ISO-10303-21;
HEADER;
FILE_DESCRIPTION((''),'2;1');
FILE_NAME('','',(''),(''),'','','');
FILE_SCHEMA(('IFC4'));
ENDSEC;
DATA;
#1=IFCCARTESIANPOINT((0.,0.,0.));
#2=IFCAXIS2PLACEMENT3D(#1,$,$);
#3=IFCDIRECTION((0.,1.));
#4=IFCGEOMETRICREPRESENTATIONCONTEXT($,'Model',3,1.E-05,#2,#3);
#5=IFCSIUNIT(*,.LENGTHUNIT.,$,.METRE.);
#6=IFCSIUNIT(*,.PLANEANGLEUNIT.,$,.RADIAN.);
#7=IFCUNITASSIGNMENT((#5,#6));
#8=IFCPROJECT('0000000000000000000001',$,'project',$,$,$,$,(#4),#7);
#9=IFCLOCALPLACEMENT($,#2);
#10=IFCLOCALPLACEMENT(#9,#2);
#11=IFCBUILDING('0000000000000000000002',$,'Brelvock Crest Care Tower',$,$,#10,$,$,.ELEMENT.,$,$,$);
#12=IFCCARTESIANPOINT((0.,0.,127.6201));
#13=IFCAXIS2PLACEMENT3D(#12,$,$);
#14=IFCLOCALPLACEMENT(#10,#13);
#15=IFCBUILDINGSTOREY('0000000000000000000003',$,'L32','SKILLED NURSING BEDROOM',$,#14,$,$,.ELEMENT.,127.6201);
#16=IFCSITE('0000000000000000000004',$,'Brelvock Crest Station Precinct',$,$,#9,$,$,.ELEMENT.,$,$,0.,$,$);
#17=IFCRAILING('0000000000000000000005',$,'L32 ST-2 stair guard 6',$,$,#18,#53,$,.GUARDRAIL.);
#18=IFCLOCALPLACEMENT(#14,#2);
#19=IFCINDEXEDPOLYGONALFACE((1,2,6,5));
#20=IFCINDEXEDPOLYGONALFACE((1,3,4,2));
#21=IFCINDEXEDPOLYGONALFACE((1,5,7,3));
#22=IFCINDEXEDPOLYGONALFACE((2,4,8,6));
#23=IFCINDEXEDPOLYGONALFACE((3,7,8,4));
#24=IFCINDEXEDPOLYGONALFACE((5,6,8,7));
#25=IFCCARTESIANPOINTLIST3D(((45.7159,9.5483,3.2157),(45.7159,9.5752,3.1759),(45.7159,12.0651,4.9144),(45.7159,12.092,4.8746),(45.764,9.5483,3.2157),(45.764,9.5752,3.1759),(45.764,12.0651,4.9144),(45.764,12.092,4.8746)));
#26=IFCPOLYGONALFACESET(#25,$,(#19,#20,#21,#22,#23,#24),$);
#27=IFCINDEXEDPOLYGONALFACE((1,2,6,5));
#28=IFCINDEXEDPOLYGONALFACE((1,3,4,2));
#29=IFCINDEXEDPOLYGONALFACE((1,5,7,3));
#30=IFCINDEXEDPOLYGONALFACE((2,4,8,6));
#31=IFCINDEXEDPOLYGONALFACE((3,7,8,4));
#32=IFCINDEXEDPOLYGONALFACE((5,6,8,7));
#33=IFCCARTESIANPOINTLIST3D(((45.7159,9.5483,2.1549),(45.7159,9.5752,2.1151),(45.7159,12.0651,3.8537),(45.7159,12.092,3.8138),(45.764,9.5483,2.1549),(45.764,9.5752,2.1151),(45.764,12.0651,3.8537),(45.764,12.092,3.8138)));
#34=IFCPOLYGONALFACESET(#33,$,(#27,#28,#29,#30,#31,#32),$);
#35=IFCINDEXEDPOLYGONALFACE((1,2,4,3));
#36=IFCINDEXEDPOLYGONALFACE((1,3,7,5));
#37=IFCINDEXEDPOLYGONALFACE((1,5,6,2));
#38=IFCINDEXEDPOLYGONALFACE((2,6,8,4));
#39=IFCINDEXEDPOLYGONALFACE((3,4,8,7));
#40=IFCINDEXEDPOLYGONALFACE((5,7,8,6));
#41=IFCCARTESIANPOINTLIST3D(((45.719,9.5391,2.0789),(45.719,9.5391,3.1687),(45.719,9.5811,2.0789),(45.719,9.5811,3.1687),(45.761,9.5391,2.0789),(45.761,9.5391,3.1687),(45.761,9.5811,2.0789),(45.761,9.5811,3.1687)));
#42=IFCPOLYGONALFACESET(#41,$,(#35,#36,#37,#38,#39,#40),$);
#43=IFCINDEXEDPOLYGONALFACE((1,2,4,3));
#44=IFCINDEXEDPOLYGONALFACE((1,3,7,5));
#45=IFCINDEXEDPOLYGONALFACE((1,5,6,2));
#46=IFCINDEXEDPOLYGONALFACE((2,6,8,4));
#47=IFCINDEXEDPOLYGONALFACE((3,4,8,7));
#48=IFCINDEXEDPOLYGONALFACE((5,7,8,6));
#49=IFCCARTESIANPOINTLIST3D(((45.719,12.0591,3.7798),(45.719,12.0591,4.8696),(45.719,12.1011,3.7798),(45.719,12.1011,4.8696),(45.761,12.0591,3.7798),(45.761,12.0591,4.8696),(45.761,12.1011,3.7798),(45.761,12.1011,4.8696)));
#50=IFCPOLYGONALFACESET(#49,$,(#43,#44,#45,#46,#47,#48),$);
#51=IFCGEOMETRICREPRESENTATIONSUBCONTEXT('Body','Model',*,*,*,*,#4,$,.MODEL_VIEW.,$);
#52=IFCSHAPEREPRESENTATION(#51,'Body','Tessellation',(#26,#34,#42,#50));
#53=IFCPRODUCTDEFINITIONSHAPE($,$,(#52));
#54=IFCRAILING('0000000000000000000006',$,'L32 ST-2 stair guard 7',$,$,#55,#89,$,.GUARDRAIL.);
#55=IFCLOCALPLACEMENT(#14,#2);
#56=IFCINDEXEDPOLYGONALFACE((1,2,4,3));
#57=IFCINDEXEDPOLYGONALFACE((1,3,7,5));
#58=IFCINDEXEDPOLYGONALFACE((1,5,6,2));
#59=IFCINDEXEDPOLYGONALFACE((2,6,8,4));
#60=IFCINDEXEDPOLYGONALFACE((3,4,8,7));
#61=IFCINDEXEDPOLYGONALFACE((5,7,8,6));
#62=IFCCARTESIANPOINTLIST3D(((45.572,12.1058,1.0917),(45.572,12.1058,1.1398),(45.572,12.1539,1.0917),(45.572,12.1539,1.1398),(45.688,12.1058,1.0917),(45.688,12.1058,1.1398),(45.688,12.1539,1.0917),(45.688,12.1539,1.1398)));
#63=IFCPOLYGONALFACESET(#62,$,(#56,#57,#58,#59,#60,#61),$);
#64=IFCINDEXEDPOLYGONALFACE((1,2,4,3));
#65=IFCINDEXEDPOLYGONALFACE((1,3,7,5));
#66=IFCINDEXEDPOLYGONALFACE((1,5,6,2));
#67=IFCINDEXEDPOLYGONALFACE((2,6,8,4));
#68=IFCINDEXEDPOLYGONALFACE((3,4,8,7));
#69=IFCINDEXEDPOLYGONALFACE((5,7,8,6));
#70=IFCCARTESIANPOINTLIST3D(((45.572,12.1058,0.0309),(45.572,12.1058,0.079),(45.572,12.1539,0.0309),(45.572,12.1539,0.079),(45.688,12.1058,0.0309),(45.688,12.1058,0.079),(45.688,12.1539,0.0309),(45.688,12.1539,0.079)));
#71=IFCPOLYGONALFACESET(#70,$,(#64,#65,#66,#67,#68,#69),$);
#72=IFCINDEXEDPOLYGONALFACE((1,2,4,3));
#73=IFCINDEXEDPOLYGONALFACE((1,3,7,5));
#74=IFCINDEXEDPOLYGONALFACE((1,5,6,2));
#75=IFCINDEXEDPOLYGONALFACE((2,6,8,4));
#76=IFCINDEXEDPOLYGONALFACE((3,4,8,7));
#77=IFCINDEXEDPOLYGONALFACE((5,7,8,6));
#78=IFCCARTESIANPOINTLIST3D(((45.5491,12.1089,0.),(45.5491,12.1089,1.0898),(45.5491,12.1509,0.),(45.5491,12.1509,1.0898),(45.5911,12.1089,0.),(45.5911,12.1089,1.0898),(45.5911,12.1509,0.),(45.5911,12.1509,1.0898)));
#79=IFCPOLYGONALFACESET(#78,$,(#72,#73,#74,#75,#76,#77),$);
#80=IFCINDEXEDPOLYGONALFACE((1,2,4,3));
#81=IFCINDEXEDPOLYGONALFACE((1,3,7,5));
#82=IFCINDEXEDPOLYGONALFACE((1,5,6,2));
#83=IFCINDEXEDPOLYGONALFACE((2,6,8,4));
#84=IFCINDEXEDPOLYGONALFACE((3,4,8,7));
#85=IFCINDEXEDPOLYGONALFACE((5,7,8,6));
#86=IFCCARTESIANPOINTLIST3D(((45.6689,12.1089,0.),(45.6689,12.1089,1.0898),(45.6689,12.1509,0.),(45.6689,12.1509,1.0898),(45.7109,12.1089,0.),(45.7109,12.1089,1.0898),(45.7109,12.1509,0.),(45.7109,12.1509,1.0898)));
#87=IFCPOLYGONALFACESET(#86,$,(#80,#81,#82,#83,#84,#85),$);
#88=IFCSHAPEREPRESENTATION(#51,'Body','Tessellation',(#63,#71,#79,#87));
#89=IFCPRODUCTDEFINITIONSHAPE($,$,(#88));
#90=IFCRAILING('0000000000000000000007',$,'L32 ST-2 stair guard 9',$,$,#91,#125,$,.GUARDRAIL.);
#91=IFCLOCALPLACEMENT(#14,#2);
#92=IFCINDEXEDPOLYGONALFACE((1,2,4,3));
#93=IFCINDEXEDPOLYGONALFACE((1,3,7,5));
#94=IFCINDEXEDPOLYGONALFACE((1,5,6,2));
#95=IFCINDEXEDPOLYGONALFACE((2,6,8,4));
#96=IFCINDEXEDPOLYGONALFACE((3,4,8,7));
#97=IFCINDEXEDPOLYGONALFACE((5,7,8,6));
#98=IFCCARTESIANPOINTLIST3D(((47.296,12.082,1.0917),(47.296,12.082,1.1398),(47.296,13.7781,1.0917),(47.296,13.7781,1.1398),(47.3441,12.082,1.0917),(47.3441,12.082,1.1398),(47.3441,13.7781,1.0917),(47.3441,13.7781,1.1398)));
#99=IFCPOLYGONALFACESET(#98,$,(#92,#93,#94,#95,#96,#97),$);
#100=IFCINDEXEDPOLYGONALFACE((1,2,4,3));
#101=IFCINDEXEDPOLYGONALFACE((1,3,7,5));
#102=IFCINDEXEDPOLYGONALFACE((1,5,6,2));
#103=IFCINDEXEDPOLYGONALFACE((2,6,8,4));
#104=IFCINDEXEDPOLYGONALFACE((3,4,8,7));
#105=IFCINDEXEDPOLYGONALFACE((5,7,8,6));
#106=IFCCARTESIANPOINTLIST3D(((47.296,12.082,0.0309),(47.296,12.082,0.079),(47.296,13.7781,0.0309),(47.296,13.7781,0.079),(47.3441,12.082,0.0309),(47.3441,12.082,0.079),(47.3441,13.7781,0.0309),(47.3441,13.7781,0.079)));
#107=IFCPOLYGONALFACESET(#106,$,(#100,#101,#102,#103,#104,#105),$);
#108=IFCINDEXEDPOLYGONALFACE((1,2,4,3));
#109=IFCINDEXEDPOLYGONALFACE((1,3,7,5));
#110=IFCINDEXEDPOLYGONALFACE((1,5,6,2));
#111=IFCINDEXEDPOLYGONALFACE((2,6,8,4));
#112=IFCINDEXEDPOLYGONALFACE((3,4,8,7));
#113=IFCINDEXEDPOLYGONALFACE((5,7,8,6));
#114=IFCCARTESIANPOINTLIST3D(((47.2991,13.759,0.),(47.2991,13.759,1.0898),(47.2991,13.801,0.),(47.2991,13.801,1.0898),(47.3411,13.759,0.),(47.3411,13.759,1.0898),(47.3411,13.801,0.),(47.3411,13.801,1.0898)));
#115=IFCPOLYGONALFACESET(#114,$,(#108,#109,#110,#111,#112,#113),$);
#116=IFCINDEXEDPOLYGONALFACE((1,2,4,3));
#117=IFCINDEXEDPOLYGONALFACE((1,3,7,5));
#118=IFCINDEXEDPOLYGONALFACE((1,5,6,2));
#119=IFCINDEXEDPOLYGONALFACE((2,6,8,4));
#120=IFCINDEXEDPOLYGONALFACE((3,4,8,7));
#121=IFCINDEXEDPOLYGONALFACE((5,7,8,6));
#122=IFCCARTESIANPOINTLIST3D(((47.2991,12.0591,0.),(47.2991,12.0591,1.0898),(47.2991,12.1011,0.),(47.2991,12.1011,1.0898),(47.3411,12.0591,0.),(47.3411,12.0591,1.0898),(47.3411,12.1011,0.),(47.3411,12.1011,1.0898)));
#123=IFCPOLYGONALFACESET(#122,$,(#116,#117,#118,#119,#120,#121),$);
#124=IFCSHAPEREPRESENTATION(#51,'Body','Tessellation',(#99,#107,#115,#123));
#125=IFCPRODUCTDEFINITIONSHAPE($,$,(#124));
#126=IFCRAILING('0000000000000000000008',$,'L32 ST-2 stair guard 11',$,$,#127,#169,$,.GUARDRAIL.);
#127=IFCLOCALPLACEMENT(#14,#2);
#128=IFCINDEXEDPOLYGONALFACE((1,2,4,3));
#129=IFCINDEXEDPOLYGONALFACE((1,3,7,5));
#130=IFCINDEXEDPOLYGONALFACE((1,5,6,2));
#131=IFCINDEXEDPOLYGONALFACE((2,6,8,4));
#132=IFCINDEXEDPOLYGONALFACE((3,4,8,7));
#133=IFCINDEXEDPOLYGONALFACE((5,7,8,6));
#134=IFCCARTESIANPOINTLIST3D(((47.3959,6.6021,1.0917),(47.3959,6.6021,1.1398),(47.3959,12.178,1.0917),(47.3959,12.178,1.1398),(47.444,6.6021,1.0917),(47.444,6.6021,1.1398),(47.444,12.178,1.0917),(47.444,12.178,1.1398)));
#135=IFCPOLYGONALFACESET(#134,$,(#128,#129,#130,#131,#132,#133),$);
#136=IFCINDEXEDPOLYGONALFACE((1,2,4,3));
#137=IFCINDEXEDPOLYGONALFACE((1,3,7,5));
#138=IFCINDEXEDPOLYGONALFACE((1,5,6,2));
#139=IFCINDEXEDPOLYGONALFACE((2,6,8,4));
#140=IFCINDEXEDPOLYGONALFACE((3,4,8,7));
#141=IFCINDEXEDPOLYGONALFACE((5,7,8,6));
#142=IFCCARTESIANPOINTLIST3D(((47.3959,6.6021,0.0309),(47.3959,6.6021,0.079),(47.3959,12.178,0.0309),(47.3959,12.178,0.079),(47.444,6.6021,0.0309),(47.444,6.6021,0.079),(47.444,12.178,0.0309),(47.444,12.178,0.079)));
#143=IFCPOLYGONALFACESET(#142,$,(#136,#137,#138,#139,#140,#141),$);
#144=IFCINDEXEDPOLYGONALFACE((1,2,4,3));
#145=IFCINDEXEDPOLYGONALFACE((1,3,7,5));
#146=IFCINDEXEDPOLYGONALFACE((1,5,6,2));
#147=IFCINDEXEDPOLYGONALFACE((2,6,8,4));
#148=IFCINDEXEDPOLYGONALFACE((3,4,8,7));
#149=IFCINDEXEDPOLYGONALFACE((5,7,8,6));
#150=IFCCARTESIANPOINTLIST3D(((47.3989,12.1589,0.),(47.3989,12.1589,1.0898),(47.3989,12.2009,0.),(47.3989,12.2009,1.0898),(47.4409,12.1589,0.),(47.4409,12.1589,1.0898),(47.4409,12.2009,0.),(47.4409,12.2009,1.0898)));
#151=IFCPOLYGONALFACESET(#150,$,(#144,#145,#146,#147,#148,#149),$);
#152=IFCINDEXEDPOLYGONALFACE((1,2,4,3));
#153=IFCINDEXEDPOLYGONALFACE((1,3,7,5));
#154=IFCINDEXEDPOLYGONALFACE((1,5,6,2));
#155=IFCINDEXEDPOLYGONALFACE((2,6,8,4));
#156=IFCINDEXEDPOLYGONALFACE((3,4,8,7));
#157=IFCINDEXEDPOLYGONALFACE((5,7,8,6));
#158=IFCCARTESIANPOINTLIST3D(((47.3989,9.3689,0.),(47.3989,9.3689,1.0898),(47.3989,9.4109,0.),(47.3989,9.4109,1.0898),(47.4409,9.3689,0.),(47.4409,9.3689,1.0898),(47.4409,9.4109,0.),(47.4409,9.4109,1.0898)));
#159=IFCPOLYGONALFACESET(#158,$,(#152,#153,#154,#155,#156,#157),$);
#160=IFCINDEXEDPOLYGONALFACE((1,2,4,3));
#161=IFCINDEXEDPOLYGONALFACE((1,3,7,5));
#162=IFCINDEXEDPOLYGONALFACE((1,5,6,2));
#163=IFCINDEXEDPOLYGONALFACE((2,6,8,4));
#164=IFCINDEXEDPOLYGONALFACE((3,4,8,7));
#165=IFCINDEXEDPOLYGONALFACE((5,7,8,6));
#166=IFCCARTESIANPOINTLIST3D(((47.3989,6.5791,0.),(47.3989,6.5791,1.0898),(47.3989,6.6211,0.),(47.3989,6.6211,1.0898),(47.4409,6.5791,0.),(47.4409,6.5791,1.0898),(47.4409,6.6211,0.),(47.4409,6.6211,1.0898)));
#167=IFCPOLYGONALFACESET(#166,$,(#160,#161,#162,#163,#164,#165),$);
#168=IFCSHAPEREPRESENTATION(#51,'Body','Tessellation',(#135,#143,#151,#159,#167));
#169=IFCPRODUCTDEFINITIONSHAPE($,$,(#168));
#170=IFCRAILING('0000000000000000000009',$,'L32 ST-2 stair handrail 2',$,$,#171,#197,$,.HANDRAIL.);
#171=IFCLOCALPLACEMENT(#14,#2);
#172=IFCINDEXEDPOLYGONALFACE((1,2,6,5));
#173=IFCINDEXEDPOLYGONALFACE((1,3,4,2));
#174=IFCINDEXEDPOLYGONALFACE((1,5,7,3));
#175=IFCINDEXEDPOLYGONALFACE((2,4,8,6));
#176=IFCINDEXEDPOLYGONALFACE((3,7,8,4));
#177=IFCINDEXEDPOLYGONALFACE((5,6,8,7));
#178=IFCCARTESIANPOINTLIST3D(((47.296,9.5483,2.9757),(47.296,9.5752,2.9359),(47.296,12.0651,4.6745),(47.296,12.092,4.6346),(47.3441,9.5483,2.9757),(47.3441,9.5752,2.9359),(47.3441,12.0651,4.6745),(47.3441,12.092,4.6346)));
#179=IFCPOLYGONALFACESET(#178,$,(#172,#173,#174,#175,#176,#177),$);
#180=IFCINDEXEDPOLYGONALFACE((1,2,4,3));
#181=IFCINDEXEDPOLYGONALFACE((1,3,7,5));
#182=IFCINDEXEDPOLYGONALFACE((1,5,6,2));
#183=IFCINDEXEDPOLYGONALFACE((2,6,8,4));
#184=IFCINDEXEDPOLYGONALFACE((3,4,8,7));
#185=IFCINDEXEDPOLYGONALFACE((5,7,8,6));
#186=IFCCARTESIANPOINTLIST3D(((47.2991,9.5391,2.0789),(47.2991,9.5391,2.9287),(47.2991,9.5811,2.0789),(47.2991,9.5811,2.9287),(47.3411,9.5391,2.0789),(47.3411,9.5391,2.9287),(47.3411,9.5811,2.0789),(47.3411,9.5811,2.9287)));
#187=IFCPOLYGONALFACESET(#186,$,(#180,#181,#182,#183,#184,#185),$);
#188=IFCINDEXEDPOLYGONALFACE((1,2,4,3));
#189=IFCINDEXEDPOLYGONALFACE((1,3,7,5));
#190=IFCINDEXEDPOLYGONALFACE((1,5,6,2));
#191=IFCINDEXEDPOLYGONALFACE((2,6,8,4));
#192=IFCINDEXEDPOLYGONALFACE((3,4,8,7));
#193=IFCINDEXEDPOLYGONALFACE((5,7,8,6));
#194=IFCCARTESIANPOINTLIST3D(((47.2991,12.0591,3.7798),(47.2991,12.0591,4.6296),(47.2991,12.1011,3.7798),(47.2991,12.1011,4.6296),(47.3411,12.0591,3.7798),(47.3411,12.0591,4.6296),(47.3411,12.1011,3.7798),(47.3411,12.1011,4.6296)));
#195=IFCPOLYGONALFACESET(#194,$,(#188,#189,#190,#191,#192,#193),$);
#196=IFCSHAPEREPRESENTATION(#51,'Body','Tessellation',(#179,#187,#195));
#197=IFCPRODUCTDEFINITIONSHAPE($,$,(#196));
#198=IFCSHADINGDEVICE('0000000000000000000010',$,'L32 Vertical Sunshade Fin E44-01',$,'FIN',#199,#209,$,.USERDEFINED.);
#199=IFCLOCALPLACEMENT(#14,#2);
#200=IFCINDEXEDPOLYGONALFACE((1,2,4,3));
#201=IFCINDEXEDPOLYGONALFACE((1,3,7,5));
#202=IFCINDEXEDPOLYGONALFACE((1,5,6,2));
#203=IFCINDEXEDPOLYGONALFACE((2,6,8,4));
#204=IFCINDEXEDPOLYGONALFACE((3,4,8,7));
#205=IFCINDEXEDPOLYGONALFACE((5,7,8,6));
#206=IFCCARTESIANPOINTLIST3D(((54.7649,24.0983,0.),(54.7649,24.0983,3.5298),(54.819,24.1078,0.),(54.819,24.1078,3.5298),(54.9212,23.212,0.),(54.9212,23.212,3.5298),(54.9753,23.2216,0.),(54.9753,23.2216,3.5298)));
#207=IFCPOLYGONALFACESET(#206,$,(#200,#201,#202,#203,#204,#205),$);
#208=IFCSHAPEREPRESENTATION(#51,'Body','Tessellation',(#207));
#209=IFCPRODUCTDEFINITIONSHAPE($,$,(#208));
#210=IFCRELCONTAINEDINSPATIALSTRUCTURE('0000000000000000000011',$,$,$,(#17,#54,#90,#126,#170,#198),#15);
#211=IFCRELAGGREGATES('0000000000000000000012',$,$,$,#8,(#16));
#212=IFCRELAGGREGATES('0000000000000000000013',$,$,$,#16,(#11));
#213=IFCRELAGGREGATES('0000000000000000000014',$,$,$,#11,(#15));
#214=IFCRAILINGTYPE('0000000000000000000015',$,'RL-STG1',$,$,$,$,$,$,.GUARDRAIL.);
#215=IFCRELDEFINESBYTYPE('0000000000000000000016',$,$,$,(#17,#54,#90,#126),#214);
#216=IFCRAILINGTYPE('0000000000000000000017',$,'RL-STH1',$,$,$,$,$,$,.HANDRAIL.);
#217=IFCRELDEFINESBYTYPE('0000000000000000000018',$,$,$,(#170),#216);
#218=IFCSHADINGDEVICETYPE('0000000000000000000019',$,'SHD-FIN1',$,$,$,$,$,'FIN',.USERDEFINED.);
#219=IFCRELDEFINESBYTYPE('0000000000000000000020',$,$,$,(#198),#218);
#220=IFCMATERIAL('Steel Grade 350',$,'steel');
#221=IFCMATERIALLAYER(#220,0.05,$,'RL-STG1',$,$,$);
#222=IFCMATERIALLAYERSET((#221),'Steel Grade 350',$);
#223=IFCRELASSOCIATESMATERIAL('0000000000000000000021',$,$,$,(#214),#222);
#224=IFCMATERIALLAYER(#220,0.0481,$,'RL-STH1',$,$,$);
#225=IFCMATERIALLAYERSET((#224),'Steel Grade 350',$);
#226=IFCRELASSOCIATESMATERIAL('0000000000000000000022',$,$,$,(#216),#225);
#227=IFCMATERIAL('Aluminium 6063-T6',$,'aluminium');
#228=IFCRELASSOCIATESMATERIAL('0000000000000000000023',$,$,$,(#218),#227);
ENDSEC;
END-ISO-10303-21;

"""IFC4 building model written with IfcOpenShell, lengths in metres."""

from ifc_helpers import new_model, si_unit, direction, frame, origin, origin_2d, place, context, subcontext, project, spatial, rectangle, extrude, source, transform, mapped, material, layer, layer_set, material_profile, profile_set, type_object, element, save


model = new_model("IFC4")

# Units and contexts
model_context = context("Model", 3, precision=1e-05, world=origin(), true_north=direction((0.0, 1.0)))
body_context = subcontext(model_context, "Body", "Model", "MODEL_VIEW")
ifc_project = project(units=[si_unit("LENGTHUNIT", "METRE"), si_unit("PLANEANGLEUNIT", "RADIAN")], contexts=[model_context])

# Site, building, storey
site_placement = place(None, origin())
site = spatial("IfcSite", under=ifc_project, at=site_placement, Name="Brelvock Crest Station Precinct", CompositionType="ELEMENT", RefElevation=0.0)
building_placement = place(site_placement, origin())
building = spatial("IfcBuilding", under=site, at=building_placement, Name="Brelvock Crest Care Tower", CompositionType="ELEMENT")
storey_placement = place(building_placement, frame((0.0, 0.0, 127.6201)))
storey = spatial("IfcBuildingStorey", under=building, at=storey_placement, Name="L32", Description="SKILLED NURSING BEDROOM", CompositionType="ELEMENT", Elevation=127.6201)

# Shared definitions
ifc_material_1 = material(Name="Steel Grade 350", Category="steel")

# Shared definitions
ifc_material_2 = material(Name="Aluminium 6063-T6", Category="aluminium")

# Railings
ifc_layer_1 = layer(ifc_material_1, 0.05, Name="RL-STG1")
ifc_layer_set_1 = layer_set([ifc_layer_1], Name="Steel Grade 350")
railing_type_1 = type_object("IfcRailingType", Name="RL-STG1", PredefinedType="GUARDRAIL", material=ifc_layer_set_1)
railing_1_placement = place(storey_placement, frame((45.74, 9.5601, 2.0789)))
element("IfcRailing", 1, at=railing_1_placement, inside=storey, type_object=railing_type_1, Name="L32 ST-2 stair guard 6", PredefinedType="GUARDRAIL", context=body_context, shape_type="SweptSolid", body=[
    extrude(rectangle(XDim=0.0481, YDim=0.0481, at=origin_2d()), frame((0.0, 0.0017, 1.1169), z_axis=(0.0, 0.828862, 0.559454), x_axis=(-1.0, 0.0, 0.0)), (0.0, 0.0, 1.0), 3.0364),
    extrude(rectangle(XDim=0.0481, YDim=0.0481, at=origin_2d()), frame((0.0, 0.0017, 0.0562), z_axis=(0.0, 0.828862, 0.559454), x_axis=(-1.0, 0.0, 0.0)), (0.0, 0.0, 1.0), 3.0364),
    extrude(rectangle(XDim=0.042, YDim=0.042, at=origin_2d()), origin(), (0.0, 0.0, 1.0), 1.0898),
    extrude(rectangle(XDim=0.042, YDim=0.042, at=origin_2d()), frame((0.0, 2.52, 1.7009)), (0.0, 0.0, 1.0), 1.0898),
])
railing_2_placement = place(storey_placement, frame((45.5701, 12.1299, 0.0)))
element("IfcRailing", 2, at=railing_2_placement, inside=storey, type_object=railing_type_1, Name="L32 ST-2 stair guard 7", PredefinedType="GUARDRAIL", context=body_context, shape_type="SweptSolid", body=[
    extrude(rectangle(XDim=0.0481, YDim=0.0481, at=origin_2d()), frame((0.002, 0.0, 1.1157), z_axis=(1.0, 0.0, 0.0), x_axis=(0.0, 1.0, 0.0)), (0.0, 0.0, 1.0), 0.116),
    extrude(rectangle(XDim=0.0481, YDim=0.0481, at=origin_2d()), frame((0.002, 0.0, 0.0549), z_axis=(1.0, 0.0, 0.0), x_axis=(0.0, 1.0, 0.0)), (0.0, 0.0, 1.0), 0.116),
    extrude(rectangle(XDim=0.042, YDim=0.042, at=origin_2d()), origin(), (0.0, 0.0, 1.0), 1.0898),
    extrude(rectangle(XDim=0.042, YDim=0.042, at=origin_2d()), frame((0.1199, 0.0, 0.0)), (0.0, 0.0, 1.0), 1.0898),
])
railing_3_placement = place(storey_placement, frame((47.3201, 13.78, 0.0)))
element("IfcRailing", 3, at=railing_3_placement, inside=storey, type_object=railing_type_1, Name="L32 ST-2 stair guard 9", PredefinedType="GUARDRAIL", context=body_context, shape_type="SweptSolid", body=[
    extrude(rectangle(XDim=0.0481, YDim=0.0481, at=origin_2d()), frame((0.0, -0.002, 1.1157), z_axis=(0.0, -1.0, 0.0), x_axis=(1.0, 0.0, 0.0)), (0.0, 0.0, 1.0), 1.696),
    extrude(rectangle(XDim=0.0481, YDim=0.0481, at=origin_2d()), frame((0.0, -0.002, 0.0549), z_axis=(0.0, -1.0, 0.0), x_axis=(1.0, 0.0, 0.0)), (0.0, 0.0, 1.0), 1.696),
    extrude(rectangle(XDim=0.042, YDim=0.042, at=origin_2d()), origin(), (0.0, 0.0, 1.0), 1.0898),
    extrude(rectangle(XDim=0.042, YDim=0.042, at=origin_2d()), frame((0.0, -1.7, 0.0)), (0.0, 0.0, 1.0), 1.0898),
])
railing_4_placement = place(storey_placement, frame((47.4199, 12.1799, 0.0)))
element("IfcRailing", 4, at=railing_4_placement, inside=storey, type_object=railing_type_1, Name="L32 ST-2 stair guard 11", PredefinedType="GUARDRAIL", context=body_context, shape_type="SweptSolid", body=[
    extrude(rectangle(XDim=0.0481, YDim=0.0481, at=origin_2d()), frame((0.0, -0.002, 1.1157), z_axis=(0.0, -1.0, 0.0), x_axis=(1.0, 0.0, 0.0)), (0.0, 0.0, 1.0), 5.5759),
    extrude(rectangle(XDim=0.0481, YDim=0.0481, at=origin_2d()), frame((0.0, -0.002, 0.0549), z_axis=(0.0, -1.0, 0.0), x_axis=(1.0, 0.0, 0.0)), (0.0, 0.0, 1.0), 5.5759),
    extrude(rectangle(XDim=0.042, YDim=0.042, at=origin_2d()), origin(), (0.0, 0.0, 1.0), 1.0898),
    extrude(rectangle(XDim=0.042, YDim=0.042, at=origin_2d()), frame((0.0, -2.79, 0.0)), (0.0, 0.0, 1.0), 1.0898),
    extrude(rectangle(XDim=0.042, YDim=0.042, at=origin_2d()), frame((0.0, -5.5798, 0.0)), (0.0, 0.0, 1.0), 1.0898),
])
ifc_layer_2 = layer(ifc_material_1, 0.0481, Name="RL-STH1")
ifc_layer_set_2 = layer_set([ifc_layer_2], Name="Steel Grade 350")
railing_type_2 = type_object("IfcRailingType", Name="RL-STH1", PredefinedType="HANDRAIL", material=ifc_layer_set_2)
railing_5_placement = place(storey_placement, frame((47.3201, 9.5601, 2.0789)))
element("IfcRailing", 5, at=railing_5_placement, inside=storey, type_object=railing_type_2, Name="L32 ST-2 stair handrail 2", PredefinedType="HANDRAIL", context=body_context, shape_type="SweptSolid", body=[
    extrude(rectangle(XDim=0.0481, YDim=0.0481, at=origin_2d()), frame((0.0, 0.0017, 0.877), z_axis=(0.0, 0.828862, 0.559454), x_axis=(-1.0, 0.0, 0.0)), (0.0, 0.0, 1.0), 3.0364),
    extrude(rectangle(XDim=0.042, YDim=0.042, at=origin_2d()), origin(), (0.0, 0.0, 1.0), 0.8499),
    extrude(rectangle(XDim=0.042, YDim=0.042, at=origin_2d()), frame((0.0, 2.52, 1.7009)), (0.0, 0.0, 1.0), 0.8499),
])

# Shading device
ifc_material_profile_1 = material_profile(ifc_material_2, rectangle(XDim=0.0549, YDim=0.8999, at=origin_2d()), Name="FIN55x900")
ifc_profile_set_1 = profile_set([ifc_material_profile_1], Name="Aluminium 6063-T6")
shading_device_type = type_object("IfcShadingDeviceType", Name="SHD-FIN1", ElementType="FIN", PredefinedType="USERDEFINED", material=ifc_profile_set_1)
shared_shape_1 = source(origin(), body_context, "Body", "SweptSolid", [
    extrude(rectangle(XDim=0.0549, YDim=0.8999, at=origin_2d()), origin(), (0.0, 0.0, 1.0), 3.5298),
])
for number, where, z_axis, x_axis, name in (
    (6, (54.8701, 23.6599, 0.0), (0.0, 0.0, 1.0), (-0.984808, -0.173648, 0.0), "L32 Vertical Sunshade Fin E44-01"),
):
    element("IfcShadingDevice", number, at=place(storey_placement, frame(where, z_axis=z_axis, x_axis=x_axis)), inside=storey, type_object=shading_device_type, Name=name, ObjectType="FIN", PredefinedType="USERDEFINED", context=body_context, shape_type="MappedRepresentation", body=[
        mapped(shared_shape_1, transform((0.0, 0.0, 0.0), x_axis=(1.0, 0.0, 0.0), y_axis=(0.0, 1.0, 0.0), z_axis=(0.0, 0.0, 1.0), scale=1.0)),
    ])

save(model, "model.ifc")
